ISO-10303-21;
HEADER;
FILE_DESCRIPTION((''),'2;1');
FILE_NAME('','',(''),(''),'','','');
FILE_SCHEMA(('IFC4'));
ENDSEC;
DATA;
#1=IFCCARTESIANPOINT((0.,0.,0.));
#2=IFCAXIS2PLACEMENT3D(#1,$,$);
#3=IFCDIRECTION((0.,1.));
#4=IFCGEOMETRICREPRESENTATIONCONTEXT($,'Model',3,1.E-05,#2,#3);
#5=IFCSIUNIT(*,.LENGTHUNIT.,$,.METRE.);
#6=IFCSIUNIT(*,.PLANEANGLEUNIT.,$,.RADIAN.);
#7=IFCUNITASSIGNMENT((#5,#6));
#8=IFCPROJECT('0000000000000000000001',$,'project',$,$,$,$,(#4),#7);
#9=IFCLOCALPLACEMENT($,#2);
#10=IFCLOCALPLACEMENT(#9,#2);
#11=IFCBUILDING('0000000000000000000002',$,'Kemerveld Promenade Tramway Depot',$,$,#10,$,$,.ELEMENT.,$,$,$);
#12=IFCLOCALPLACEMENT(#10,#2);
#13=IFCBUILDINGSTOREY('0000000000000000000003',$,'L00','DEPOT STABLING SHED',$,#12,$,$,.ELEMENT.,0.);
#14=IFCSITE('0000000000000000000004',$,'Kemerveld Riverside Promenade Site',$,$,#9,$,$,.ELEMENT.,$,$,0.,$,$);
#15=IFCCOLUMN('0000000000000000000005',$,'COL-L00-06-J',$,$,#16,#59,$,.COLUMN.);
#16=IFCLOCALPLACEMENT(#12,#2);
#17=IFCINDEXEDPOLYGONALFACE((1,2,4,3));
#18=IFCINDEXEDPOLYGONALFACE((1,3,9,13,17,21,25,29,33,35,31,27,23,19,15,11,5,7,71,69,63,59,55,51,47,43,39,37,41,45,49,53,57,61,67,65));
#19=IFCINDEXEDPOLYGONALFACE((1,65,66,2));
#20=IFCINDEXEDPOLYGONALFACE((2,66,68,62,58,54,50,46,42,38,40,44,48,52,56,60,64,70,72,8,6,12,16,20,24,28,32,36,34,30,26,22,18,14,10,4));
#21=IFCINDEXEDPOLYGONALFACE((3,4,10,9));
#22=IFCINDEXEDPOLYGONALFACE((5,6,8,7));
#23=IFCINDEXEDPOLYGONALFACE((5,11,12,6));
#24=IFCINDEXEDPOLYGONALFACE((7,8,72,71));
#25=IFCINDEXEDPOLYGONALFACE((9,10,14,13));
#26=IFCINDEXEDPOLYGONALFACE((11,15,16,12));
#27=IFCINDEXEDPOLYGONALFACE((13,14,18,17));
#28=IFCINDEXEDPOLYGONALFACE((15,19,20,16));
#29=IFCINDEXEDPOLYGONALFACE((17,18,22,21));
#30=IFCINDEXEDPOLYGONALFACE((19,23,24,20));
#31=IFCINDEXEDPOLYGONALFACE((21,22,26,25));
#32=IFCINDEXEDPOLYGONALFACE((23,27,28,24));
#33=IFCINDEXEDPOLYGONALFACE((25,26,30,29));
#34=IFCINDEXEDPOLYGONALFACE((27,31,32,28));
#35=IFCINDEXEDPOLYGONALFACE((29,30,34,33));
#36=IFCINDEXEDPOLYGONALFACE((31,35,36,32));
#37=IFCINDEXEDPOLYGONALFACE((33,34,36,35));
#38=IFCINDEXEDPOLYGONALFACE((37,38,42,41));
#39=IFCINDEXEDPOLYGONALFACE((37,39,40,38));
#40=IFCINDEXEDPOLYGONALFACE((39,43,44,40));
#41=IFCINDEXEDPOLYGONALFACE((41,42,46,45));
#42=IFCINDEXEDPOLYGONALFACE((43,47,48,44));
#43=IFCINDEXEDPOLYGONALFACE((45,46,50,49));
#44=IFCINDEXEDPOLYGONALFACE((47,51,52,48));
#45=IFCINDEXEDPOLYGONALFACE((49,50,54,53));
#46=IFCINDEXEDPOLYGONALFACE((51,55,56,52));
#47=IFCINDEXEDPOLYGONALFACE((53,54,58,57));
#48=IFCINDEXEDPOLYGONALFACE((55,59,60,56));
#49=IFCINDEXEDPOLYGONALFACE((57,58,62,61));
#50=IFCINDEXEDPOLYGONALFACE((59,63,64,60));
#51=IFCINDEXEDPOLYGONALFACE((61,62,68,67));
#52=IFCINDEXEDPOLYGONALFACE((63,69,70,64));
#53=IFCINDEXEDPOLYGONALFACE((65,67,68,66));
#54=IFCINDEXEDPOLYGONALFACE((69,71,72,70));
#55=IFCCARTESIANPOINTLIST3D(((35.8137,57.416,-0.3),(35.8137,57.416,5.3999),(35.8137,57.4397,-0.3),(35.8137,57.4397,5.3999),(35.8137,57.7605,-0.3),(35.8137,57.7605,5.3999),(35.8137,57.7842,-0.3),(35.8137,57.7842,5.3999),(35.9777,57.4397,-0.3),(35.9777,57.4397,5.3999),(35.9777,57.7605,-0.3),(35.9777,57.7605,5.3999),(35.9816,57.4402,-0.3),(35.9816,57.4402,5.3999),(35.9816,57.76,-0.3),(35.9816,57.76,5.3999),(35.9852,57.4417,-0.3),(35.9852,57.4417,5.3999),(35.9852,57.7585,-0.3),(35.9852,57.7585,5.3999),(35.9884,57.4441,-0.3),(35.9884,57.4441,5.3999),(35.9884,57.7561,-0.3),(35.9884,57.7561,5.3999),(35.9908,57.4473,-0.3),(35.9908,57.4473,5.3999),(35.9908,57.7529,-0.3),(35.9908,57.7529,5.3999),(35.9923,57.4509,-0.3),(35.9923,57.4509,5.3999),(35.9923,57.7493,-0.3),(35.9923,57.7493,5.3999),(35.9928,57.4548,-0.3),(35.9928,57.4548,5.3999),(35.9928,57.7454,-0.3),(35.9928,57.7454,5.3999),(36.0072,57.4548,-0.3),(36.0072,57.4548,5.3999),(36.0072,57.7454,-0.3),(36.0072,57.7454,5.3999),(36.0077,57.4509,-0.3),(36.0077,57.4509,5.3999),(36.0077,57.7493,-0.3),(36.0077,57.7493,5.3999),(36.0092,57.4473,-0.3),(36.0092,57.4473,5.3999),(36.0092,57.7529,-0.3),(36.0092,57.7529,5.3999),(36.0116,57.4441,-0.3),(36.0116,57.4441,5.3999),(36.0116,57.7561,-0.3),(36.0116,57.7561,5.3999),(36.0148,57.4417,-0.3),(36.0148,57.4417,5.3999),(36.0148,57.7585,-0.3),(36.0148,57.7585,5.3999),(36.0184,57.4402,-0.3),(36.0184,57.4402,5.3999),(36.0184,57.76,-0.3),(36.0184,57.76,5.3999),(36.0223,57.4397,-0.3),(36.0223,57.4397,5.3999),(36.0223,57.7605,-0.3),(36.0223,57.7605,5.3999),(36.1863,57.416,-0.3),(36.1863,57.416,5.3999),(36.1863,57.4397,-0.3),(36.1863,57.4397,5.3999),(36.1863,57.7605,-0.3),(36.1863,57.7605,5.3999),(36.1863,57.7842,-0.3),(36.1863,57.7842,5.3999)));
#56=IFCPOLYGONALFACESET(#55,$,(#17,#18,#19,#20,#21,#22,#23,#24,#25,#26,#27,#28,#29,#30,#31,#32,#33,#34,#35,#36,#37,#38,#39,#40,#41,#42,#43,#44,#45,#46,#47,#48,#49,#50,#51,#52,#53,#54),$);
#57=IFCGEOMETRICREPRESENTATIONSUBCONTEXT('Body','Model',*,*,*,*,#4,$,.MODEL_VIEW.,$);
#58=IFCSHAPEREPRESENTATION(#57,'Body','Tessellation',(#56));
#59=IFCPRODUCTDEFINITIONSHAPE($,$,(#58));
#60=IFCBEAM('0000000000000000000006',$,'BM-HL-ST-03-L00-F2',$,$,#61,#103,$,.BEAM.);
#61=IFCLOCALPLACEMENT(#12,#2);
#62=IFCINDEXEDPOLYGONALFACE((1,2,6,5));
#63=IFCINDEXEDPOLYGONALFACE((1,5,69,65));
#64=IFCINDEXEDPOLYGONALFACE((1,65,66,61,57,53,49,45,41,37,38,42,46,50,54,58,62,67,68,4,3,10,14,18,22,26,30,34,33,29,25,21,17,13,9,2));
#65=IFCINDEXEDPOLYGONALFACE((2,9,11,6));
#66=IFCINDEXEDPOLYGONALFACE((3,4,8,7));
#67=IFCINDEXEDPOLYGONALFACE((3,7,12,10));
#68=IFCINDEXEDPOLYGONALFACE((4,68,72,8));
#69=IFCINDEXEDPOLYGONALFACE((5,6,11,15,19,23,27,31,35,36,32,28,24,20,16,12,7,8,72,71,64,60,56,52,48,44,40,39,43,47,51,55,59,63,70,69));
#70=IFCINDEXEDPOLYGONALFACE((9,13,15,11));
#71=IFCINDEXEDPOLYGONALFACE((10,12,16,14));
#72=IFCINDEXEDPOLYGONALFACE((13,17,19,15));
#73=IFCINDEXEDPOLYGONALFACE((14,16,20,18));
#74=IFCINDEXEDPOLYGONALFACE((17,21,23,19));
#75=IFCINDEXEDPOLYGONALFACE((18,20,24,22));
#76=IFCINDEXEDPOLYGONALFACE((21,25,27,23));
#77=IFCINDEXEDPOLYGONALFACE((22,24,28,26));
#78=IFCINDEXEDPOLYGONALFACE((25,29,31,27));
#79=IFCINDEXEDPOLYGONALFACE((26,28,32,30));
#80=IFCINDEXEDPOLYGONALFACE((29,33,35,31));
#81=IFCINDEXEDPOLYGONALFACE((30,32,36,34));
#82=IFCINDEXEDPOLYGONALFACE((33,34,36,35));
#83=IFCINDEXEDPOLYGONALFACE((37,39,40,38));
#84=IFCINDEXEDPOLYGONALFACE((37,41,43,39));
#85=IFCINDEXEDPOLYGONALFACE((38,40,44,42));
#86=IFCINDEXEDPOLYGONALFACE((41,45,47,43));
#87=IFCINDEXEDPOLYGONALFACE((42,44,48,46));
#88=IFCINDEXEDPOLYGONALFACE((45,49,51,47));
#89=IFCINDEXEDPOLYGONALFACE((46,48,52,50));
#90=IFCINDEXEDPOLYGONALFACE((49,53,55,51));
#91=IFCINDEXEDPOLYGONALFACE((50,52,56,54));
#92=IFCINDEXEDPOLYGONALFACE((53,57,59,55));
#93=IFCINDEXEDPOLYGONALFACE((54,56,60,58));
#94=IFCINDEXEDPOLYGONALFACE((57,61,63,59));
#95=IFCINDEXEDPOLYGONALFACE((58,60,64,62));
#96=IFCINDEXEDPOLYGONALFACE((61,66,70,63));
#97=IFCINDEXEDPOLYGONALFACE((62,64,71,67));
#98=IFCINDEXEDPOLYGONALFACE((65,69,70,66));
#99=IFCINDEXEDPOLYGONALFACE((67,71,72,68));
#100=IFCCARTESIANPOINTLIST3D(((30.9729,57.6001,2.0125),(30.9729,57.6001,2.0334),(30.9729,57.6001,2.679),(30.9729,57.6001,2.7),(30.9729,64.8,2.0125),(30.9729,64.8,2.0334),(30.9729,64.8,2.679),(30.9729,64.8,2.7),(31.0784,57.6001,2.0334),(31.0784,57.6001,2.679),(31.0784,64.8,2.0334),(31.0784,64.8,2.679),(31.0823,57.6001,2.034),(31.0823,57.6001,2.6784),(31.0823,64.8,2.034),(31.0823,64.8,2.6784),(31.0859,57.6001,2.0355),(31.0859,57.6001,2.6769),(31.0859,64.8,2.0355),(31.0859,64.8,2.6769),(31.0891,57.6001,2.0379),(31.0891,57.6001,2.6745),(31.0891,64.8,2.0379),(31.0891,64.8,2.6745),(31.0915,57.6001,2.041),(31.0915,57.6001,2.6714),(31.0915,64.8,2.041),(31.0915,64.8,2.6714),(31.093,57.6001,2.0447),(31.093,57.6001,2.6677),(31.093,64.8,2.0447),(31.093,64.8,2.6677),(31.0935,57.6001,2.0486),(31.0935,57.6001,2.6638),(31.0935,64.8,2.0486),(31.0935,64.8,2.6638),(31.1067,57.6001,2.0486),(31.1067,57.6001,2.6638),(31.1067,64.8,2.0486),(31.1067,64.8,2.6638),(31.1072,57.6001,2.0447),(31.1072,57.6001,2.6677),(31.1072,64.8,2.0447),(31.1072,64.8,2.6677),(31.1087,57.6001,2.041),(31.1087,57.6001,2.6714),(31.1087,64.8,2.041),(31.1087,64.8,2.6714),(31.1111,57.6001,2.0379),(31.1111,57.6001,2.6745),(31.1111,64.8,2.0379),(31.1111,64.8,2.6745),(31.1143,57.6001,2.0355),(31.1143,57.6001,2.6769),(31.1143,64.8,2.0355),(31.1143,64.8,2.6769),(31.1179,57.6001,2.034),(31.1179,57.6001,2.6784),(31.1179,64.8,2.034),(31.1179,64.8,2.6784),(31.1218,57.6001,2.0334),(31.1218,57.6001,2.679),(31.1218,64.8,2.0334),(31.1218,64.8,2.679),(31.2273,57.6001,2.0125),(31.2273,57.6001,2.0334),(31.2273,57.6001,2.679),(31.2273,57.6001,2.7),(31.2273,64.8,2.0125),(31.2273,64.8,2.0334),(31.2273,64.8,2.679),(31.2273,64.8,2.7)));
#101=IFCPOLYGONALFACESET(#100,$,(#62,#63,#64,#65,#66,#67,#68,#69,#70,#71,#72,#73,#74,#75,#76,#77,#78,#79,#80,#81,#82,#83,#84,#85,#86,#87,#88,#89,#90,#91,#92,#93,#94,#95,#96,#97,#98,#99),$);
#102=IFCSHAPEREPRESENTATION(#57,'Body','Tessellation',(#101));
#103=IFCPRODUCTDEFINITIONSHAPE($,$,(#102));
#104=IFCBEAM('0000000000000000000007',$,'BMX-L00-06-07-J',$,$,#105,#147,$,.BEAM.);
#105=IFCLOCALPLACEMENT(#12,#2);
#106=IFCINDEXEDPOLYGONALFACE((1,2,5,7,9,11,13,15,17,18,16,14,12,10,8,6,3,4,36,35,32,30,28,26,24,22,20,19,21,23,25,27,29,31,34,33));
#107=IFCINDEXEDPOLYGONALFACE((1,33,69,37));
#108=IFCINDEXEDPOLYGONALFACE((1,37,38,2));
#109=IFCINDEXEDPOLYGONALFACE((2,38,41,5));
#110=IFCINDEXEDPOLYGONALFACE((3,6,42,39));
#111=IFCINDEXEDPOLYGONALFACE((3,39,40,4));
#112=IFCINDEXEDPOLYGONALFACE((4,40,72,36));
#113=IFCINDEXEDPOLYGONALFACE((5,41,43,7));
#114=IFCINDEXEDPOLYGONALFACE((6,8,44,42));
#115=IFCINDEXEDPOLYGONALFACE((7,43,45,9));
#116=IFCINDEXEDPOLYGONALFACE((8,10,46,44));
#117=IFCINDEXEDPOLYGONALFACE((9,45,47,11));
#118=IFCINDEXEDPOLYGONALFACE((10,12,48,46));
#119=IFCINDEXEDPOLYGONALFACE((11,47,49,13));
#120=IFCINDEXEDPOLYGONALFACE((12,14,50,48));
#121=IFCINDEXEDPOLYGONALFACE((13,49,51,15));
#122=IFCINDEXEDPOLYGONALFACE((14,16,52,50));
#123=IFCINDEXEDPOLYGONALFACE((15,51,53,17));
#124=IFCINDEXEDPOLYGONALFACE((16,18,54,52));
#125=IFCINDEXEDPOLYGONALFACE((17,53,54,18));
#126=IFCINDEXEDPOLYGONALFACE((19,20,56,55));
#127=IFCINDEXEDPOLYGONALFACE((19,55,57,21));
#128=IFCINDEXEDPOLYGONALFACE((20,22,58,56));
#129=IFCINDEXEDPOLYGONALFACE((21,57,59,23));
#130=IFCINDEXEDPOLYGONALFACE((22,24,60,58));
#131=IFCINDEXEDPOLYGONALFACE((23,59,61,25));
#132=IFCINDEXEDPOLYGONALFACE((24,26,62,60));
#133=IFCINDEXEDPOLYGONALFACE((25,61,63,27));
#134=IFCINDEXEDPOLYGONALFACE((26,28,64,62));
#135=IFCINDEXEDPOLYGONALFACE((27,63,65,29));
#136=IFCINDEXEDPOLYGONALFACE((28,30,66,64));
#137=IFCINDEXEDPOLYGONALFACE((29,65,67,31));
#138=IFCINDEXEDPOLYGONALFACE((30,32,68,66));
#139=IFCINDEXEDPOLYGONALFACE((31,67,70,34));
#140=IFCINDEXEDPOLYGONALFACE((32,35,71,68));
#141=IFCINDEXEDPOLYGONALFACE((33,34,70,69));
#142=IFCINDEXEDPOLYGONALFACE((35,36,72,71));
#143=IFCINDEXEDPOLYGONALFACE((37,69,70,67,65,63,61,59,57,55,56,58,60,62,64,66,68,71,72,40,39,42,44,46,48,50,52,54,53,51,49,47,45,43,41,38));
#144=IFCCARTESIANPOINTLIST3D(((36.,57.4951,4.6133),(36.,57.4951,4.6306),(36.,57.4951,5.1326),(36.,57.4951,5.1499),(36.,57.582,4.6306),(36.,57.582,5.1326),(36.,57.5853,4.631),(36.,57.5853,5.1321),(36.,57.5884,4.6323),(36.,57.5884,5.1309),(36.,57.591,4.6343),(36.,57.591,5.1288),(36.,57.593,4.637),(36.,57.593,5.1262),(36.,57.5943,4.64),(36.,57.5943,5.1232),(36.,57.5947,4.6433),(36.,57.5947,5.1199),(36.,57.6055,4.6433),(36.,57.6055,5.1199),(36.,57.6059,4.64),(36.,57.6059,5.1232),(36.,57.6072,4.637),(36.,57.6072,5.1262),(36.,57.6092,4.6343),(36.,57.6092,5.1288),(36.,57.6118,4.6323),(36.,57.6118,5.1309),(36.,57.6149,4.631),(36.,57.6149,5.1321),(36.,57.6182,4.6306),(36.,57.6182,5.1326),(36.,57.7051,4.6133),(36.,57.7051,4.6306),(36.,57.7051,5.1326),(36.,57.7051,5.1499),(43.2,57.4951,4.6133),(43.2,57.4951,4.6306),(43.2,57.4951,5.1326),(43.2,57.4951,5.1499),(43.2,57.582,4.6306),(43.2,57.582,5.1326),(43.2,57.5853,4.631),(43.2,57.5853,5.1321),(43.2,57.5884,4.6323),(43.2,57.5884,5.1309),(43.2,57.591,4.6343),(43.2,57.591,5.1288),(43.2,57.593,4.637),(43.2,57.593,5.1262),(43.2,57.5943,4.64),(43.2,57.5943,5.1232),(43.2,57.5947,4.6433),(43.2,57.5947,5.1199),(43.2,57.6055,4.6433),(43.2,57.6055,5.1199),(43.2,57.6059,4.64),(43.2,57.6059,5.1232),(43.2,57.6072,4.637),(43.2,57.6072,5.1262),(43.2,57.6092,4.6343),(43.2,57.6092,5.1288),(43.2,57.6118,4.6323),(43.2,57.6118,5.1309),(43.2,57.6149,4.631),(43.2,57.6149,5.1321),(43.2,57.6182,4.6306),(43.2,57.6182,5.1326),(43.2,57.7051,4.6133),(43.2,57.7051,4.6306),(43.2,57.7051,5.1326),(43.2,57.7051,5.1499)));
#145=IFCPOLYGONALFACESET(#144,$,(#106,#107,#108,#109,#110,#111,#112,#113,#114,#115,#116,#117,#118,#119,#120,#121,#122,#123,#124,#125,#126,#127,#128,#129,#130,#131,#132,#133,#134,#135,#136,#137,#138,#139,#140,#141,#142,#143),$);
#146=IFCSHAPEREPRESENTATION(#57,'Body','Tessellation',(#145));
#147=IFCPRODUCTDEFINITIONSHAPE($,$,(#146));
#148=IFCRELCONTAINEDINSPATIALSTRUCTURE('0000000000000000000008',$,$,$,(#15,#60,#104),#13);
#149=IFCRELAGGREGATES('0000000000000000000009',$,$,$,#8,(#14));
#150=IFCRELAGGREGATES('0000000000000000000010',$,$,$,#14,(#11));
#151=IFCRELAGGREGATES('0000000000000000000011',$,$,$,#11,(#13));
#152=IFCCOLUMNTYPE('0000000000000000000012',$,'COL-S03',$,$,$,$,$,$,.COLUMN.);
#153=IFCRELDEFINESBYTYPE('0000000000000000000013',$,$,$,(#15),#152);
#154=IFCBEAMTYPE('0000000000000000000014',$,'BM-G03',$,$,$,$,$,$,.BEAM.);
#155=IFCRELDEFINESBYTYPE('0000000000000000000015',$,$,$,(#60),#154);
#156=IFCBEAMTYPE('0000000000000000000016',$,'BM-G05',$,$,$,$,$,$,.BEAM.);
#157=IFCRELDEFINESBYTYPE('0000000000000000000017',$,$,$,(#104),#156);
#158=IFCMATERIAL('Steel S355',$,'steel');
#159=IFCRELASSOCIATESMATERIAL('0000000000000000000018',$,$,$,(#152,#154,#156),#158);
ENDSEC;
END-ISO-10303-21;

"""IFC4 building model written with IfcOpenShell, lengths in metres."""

from ifc_helpers import new_model, si_unit, direction, frame, origin, origin_2d, place, context, subcontext, project, spatial, i_section, extrude, material, material_profile, profile_set, type_object, element, save


model = new_model("IFC4")

# Units and contexts
model_context = context("Model", 3, precision=1e-05, world=origin(), true_north=direction((0.0, 1.0)))
body_context = subcontext(model_context, "Body", "Model", "MODEL_VIEW")
ifc_project = project(units=[si_unit("LENGTHUNIT", "METRE"), si_unit("PLANEANGLEUNIT", "RADIAN")], contexts=[model_context])

# Site, building, storey
site_placement = place(None, origin())
site = spatial("IfcSite", under=ifc_project, at=site_placement, Name="Kemerveld Riverside Promenade Site", CompositionType="ELEMENT", RefElevation=0.0)
building_placement = place(site_placement, origin())
building = spatial("IfcBuilding", under=site, at=building_placement, Name="Kemerveld Promenade Tramway Depot", CompositionType="ELEMENT")
storey_placement = place(building_placement, origin())
storey = spatial("IfcBuildingStorey", under=building, at=storey_placement, Name="L00", Description="DEPOT STABLING SHED", CompositionType="ELEMENT", Elevation=0.0)

# Column
ifc_material_1 = material(Name="Steel S355", Category="steel")
ifc_material_profile_1 = material_profile(ifc_material_1, i_section(OverallWidth=0.3726, OverallDepth=0.3682, WebThickness=0.0144, FlangeThickness=0.0237, FilletRadius=0.0151, at=origin_2d()), Name="356x368x177 UC")
ifc_profile_set_1 = profile_set([ifc_material_profile_1], Name="Steel S355")
column_type = type_object("IfcColumnType", Name="COL-S03", PredefinedType="COLUMN", material=ifc_profile_set_1)
column_placement = place(storey_placement, frame((36.0, 57.6001, -0.3), z_axis=(0.0, 0.0, 1.0), x_axis=(1.0, 0.0, 0.0)))
element("IfcColumn", 1, at=column_placement, inside=storey, type_object=column_type, Name="COL-L00-06-J", PredefinedType="COLUMN", context=body_context, shape_type="SweptSolid", body=[
    extrude(i_section(OverallWidth=0.3726, OverallDepth=0.3682, WebThickness=0.0144, FlangeThickness=0.0237, FilletRadius=0.0151, at=origin_2d()), origin(), (0.0, 0.0, 1.0), 5.7),
])

# Beams
ifc_material_profile_2 = material_profile(ifc_material_1, i_section(OverallWidth=0.2544, OverallDepth=0.6875, WebThickness=0.0132, FlangeThickness=0.021, FilletRadius=0.0151, at=origin_2d()), Name="686x254x152 UB")
ifc_profile_set_2 = profile_set([ifc_material_profile_2], Name="Steel S355")
beam_type_1 = type_object("IfcBeamType", Name="BM-G03", PredefinedType="BEAM", material=ifc_profile_set_2)
beam_1_placement = place(storey_placement, frame((31.1001, 57.6001, 2.3562), z_axis=(0.0, 1.0, 0.0), x_axis=(-1.0, 0.0, 0.0)))
element("IfcBeam", 2, at=beam_1_placement, inside=storey, type_object=beam_type_1, Name="BM-HL-ST-03-L00-F2", PredefinedType="BEAM", context=body_context, shape_type="SweptSolid", body=[
    extrude(i_section(OverallWidth=0.2544, OverallDepth=0.6875, WebThickness=0.0132, FlangeThickness=0.021, FilletRadius=0.0151, at=origin_2d()), origin(), (0.0, 0.0, 1.0), 7.2),
])
ifc_material_profile_3 = material_profile(ifc_material_1, i_section(OverallWidth=0.21, OverallDepth=0.5366, WebThickness=0.0107, FlangeThickness=0.0173, FilletRadius=0.0127, at=origin_2d()), Name="533x210x101 UB")
ifc_profile_set_3 = profile_set([ifc_material_profile_3], Name="Steel S355")
beam_type_2 = type_object("IfcBeamType", Name="BM-G05", PredefinedType="BEAM", material=ifc_profile_set_3)
beam_2_placement = place(storey_placement, frame((36.0, 57.6001, 4.8816), z_axis=(1.0, 0.0, 0.0), x_axis=(0.0, 1.0, 0.0)))
element("IfcBeam", 3, at=beam_2_placement, inside=storey, type_object=beam_type_2, Name="BMX-L00-06-07-J", PredefinedType="BEAM", context=body_context, shape_type="SweptSolid", body=[
    extrude(i_section(OverallWidth=0.21, OverallDepth=0.5366, WebThickness=0.0107, FlangeThickness=0.0173, FilletRadius=0.0127, at=origin_2d()), origin(), (0.0, 0.0, 1.0), 7.2),
])

save(model, "model.ifc")
